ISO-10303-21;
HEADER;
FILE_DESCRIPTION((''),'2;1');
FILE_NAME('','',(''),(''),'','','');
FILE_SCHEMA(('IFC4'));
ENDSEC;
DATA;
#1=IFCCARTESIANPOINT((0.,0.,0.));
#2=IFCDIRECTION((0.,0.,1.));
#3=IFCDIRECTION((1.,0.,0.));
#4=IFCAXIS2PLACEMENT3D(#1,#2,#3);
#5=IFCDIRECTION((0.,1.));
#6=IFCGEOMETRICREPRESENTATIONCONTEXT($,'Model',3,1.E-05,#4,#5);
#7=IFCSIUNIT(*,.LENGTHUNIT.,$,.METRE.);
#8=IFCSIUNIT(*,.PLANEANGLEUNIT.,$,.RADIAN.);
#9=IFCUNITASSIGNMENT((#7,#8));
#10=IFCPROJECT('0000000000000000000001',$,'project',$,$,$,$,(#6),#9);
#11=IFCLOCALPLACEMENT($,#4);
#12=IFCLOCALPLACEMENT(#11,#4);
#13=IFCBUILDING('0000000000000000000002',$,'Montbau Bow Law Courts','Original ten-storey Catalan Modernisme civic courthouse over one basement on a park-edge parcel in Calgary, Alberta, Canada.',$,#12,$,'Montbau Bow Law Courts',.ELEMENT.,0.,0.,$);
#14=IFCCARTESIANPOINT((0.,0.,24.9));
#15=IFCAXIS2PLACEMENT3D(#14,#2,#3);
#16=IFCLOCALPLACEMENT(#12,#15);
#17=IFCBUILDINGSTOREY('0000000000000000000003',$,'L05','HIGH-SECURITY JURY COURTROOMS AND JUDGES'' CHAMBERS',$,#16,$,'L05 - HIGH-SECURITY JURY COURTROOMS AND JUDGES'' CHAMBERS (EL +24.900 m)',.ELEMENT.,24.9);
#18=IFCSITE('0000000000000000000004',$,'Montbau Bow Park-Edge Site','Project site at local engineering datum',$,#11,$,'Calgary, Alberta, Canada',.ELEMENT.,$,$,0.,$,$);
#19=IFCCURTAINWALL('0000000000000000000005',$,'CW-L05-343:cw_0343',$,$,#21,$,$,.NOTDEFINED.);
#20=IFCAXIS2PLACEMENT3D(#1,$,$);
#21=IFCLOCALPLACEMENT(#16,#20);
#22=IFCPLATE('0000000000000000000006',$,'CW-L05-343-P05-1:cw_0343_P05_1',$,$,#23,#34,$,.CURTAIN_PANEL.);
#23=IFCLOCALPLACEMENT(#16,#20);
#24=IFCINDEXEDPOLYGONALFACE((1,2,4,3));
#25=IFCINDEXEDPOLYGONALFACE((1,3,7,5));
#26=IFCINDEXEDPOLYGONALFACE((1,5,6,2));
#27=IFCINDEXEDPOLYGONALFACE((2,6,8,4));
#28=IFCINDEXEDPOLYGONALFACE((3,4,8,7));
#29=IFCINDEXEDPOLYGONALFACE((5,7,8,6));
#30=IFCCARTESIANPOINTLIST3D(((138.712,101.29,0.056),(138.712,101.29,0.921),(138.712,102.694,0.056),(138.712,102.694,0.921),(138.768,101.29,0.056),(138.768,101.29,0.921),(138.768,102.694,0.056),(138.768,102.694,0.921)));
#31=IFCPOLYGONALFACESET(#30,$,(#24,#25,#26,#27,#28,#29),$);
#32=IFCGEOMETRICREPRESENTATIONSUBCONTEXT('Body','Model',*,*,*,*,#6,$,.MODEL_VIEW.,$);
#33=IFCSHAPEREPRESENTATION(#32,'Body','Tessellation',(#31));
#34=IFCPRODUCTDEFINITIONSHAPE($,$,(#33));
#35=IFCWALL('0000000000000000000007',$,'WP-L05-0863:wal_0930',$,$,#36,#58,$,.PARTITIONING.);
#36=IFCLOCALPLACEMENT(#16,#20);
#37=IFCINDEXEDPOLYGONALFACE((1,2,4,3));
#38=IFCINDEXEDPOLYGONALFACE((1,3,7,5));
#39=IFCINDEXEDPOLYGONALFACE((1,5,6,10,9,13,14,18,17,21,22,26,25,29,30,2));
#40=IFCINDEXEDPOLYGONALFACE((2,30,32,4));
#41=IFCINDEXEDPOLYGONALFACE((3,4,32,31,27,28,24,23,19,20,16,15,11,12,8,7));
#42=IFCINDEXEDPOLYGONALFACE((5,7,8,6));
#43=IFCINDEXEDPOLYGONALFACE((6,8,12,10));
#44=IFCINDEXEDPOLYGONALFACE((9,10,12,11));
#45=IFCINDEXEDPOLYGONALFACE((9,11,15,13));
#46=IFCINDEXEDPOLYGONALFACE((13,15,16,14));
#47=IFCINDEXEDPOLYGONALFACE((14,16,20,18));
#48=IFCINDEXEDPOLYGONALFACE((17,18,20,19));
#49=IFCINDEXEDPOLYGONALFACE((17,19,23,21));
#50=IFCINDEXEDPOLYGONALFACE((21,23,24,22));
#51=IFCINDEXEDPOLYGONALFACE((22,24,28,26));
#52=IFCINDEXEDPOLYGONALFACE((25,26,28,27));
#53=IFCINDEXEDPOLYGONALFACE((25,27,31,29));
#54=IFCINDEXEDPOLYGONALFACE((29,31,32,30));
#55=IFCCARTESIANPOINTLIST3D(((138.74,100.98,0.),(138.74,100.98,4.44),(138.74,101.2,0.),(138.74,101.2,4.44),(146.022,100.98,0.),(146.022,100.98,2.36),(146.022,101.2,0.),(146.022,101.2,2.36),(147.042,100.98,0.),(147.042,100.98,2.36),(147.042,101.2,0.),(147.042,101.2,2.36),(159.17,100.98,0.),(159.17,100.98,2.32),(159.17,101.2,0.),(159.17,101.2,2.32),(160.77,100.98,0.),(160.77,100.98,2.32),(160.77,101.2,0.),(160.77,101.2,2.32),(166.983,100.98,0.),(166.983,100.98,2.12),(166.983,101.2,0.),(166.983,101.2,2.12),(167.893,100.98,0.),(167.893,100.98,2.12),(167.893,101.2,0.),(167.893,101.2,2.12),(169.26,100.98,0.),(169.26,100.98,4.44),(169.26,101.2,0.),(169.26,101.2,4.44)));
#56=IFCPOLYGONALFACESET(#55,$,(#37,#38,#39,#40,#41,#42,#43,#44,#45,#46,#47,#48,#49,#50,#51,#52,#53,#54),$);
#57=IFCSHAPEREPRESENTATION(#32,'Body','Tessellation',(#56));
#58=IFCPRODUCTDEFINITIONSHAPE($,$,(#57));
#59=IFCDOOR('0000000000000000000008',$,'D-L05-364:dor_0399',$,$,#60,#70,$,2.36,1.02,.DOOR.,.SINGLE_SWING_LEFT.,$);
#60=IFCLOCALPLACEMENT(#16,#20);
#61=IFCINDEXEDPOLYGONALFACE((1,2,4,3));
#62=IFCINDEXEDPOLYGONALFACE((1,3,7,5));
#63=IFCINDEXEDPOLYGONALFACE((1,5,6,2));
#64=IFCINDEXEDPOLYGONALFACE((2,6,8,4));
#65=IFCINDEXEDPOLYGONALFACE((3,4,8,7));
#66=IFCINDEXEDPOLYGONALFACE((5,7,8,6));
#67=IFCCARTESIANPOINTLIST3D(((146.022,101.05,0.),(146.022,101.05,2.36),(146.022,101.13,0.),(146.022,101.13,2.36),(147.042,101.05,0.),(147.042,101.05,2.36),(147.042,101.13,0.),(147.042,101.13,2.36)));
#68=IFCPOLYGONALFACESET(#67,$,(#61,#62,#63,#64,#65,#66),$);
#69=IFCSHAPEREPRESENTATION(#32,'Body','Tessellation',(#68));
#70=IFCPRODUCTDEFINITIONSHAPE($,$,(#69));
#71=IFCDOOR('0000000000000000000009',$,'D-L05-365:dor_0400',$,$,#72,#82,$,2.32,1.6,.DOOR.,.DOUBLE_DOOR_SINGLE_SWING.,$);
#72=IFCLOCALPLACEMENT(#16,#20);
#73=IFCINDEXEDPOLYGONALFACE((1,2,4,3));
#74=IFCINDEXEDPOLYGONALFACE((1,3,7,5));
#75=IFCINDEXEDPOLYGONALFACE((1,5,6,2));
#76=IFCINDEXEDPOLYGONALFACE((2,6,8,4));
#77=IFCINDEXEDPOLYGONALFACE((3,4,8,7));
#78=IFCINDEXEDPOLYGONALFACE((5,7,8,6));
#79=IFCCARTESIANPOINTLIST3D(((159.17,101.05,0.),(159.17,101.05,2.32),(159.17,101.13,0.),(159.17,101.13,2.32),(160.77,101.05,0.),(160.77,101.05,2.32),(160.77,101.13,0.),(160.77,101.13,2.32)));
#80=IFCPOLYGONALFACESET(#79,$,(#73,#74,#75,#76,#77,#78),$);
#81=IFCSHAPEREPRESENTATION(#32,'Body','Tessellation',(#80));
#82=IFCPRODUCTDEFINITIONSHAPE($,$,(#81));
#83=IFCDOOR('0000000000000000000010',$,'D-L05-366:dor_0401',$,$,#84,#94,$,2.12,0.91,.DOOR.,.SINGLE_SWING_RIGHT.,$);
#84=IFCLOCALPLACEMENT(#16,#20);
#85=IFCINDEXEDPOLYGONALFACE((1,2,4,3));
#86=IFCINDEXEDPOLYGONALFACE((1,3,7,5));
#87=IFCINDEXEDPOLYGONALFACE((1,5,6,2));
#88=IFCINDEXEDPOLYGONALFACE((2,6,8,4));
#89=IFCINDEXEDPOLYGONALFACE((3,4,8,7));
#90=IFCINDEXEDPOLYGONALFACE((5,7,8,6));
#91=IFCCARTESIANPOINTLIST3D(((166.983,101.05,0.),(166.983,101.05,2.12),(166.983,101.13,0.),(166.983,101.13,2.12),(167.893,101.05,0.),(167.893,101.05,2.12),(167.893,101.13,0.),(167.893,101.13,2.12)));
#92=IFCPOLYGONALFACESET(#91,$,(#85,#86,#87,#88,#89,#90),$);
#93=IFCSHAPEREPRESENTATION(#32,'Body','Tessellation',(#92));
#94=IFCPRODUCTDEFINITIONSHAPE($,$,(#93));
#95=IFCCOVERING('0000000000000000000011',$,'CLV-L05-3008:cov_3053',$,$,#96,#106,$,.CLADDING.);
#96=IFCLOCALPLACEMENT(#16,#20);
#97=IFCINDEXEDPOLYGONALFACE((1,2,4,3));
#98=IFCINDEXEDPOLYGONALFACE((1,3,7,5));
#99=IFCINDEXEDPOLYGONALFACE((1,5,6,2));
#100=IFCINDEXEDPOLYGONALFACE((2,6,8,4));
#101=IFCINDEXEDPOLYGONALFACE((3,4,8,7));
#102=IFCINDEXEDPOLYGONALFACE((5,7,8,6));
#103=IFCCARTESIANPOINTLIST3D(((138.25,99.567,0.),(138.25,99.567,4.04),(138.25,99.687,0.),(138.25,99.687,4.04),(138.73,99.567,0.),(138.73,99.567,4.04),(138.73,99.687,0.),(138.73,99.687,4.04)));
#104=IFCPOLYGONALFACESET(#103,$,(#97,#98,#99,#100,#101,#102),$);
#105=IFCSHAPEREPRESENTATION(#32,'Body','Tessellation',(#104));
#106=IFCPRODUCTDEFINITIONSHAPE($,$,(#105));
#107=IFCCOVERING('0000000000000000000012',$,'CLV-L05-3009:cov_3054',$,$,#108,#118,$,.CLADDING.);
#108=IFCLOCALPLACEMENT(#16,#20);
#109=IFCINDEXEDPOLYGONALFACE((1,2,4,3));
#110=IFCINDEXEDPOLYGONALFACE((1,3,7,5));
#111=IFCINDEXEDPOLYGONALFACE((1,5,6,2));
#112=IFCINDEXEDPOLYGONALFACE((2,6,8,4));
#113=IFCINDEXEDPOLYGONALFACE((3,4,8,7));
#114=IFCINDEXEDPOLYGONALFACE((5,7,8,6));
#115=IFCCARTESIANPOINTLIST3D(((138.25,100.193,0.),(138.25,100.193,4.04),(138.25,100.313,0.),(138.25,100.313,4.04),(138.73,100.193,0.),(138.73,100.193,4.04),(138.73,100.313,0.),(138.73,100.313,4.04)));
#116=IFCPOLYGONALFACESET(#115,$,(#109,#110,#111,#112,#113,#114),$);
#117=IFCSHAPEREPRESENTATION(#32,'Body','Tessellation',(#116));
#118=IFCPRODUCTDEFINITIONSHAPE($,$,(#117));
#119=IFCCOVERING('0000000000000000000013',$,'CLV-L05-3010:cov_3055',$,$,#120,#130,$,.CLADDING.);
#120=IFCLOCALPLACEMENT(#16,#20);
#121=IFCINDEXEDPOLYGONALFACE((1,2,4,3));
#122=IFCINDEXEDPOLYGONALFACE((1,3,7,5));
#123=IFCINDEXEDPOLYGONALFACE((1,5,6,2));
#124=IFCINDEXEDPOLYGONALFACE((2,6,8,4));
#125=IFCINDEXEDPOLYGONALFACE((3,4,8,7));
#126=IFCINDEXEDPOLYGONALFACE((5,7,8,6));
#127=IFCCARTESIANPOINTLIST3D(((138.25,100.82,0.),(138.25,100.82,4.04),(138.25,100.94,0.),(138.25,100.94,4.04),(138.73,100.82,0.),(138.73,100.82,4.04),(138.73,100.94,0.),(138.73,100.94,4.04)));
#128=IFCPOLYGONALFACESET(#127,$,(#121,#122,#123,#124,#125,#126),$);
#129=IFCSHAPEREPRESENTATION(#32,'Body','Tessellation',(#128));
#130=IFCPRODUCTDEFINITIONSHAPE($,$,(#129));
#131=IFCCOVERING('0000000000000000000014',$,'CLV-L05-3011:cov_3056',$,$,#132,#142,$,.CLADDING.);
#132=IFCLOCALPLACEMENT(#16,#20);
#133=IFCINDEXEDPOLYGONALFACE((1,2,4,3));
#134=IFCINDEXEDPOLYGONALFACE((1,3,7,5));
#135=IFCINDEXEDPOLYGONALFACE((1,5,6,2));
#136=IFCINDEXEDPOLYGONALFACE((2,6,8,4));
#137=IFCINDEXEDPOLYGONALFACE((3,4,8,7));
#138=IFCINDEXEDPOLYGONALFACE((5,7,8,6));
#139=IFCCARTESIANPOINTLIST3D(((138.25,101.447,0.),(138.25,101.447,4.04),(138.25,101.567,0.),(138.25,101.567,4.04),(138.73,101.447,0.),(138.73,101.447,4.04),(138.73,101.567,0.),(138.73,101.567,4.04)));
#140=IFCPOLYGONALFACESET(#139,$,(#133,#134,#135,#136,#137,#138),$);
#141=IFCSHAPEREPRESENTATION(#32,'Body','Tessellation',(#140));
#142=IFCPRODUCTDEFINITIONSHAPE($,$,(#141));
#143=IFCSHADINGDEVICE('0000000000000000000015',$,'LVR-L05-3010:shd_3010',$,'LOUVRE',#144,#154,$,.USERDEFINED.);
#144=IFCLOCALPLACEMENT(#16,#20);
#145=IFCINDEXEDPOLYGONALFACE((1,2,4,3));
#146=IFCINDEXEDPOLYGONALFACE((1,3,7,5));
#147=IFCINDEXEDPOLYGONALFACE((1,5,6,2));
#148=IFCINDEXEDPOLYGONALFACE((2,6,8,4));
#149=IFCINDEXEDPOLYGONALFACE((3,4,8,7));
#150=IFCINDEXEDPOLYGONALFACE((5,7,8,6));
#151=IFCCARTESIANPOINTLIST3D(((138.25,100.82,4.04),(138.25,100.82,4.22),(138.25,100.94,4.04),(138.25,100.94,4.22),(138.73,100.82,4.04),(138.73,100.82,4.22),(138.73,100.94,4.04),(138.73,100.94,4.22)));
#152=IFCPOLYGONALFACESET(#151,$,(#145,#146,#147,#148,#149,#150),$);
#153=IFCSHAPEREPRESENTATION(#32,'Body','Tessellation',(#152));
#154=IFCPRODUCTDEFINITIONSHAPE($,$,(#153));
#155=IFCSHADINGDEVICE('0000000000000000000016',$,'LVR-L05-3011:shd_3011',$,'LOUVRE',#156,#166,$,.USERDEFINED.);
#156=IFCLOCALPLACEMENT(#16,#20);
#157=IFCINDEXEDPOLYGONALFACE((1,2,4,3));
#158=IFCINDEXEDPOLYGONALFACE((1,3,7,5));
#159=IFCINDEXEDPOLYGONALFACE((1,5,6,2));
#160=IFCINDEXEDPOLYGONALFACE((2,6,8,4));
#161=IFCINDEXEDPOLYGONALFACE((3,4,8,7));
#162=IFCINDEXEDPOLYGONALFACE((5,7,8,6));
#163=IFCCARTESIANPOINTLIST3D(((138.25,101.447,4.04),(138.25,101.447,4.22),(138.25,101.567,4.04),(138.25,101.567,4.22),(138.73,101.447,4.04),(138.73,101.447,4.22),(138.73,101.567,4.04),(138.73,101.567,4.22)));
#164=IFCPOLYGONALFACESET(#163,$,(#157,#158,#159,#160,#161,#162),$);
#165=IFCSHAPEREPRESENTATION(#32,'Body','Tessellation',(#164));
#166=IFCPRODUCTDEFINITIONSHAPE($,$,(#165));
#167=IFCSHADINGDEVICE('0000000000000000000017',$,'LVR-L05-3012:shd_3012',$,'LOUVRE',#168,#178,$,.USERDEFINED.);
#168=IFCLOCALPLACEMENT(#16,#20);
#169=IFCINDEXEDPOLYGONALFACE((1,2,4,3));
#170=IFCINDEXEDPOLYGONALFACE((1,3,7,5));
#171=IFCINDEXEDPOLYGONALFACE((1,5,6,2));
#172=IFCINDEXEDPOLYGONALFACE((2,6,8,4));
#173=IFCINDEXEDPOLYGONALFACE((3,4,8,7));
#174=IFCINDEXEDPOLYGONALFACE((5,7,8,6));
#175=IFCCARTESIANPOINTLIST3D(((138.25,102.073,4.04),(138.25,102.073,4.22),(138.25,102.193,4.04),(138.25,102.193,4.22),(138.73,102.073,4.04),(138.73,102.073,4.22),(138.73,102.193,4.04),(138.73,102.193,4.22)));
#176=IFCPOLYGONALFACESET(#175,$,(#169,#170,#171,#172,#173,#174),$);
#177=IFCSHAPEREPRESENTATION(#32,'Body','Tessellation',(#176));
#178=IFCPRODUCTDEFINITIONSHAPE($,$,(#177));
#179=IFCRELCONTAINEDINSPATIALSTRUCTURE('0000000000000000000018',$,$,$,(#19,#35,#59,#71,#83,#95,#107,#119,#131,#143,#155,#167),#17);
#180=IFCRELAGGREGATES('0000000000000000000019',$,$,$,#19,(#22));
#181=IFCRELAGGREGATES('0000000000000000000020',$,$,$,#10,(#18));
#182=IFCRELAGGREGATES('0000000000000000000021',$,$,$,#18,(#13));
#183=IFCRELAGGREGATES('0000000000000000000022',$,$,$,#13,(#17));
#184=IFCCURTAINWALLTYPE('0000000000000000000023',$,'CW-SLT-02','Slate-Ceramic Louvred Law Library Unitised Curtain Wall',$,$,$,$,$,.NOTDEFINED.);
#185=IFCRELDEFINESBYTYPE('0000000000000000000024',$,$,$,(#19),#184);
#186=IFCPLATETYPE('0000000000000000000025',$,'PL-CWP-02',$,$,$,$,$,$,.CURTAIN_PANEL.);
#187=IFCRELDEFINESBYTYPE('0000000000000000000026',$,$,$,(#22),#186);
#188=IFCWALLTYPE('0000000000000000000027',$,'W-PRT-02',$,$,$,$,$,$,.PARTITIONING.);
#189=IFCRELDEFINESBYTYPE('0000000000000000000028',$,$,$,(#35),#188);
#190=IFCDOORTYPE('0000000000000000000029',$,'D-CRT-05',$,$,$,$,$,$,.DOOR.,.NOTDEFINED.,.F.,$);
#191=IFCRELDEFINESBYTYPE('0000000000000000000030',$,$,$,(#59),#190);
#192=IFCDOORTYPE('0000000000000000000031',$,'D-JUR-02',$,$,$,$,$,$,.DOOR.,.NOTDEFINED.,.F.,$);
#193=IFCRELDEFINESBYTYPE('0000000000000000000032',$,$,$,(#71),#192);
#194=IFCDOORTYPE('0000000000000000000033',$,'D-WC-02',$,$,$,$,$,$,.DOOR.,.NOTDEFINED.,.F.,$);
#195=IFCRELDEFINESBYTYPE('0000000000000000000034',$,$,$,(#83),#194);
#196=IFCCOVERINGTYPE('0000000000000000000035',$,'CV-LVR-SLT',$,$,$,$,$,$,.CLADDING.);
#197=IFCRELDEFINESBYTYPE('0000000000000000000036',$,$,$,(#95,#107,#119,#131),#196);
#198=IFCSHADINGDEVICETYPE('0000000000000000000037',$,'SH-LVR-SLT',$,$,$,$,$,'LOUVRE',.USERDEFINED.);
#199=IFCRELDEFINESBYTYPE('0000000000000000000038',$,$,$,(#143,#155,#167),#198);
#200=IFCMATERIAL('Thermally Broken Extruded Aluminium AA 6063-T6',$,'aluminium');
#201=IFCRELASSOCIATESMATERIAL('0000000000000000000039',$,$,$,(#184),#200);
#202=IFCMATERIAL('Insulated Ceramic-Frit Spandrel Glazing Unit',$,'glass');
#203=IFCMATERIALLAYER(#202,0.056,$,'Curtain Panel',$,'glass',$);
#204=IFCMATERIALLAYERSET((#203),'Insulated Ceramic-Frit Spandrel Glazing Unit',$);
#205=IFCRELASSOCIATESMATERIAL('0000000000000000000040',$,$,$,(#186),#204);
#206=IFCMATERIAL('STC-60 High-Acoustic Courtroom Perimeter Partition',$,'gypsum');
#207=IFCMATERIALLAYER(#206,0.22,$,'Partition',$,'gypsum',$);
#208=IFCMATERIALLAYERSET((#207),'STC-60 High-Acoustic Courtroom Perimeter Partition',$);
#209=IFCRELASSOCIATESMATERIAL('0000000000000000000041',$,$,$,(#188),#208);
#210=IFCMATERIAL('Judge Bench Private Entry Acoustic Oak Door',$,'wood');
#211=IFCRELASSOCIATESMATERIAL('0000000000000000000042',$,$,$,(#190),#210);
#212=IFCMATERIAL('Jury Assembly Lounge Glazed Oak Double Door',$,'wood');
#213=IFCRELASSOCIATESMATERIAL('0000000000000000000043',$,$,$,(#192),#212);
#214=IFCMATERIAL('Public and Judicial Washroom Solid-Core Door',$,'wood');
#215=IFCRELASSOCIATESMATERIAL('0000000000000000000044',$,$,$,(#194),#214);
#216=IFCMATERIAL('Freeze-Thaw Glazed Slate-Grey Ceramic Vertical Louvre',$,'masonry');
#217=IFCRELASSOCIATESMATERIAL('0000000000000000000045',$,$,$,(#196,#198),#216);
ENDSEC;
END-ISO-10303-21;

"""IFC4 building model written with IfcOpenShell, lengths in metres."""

from ifc_helpers import new_model, si_unit, direction, frame, frame_2d, origin_with_axes, origin_2d_with_axis, place, context, subcontext, project, spatial, rectangle, extrude, material, layer, layer_set, type_object, element, fill, aggregate, save


model = new_model("IFC4")

# Units and contexts
model_context = context("Model", 3, precision=1e-05, world=origin_with_axes(), true_north=direction((0.0, 1.0)))
body_context = subcontext(model_context, "Body", "Model", "MODEL_VIEW")
ifc_project = project(units=[si_unit("LENGTHUNIT", "METRE"), si_unit("PLANEANGLEUNIT", "RADIAN")], contexts=[model_context])

# Site, building, storey
site_placement = place(None, origin_with_axes())
site = spatial("IfcSite", under=ifc_project, at=site_placement, Name="Montbau Bow Park-Edge Site", Description="Project site at local engineering datum", LongName="Calgary, Alberta, Canada", CompositionType="ELEMENT", RefElevation=0.0)
building_placement = place(site_placement, origin_with_axes())
building = spatial("IfcBuilding", under=site, at=building_placement, Name="Montbau Bow Law Courts", Description="Original ten-storey Catalan Modernisme civic courthouse over one basement on a park-edge parcel in Calgary, Alberta, Canada.", LongName="Montbau Bow Law Courts", CompositionType="ELEMENT", ElevationOfRefHeight=0.0, ElevationOfTerrain=0.0)
storey_placement = place(building_placement, frame((0.0, 0.0, 24.9), z_axis=(0.0, 0.0, 1.0), x_axis=(1.0, 0.0, 0.0)))
storey = spatial("IfcBuildingStorey", under=building, at=storey_placement, Name="L05", Description="HIGH-SECURITY JURY COURTROOMS AND JUDGES' CHAMBERS", LongName="L05 - HIGH-SECURITY JURY COURTROOMS AND JUDGES' CHAMBERS (EL +24.900 m)", CompositionType="ELEMENT", Elevation=24.9)

# Curtain wall, plate
ifc_material_1 = material(Name="Thermally Broken Extruded Aluminium AA 6063-T6", Category="aluminium")
curtain_wall_type = type_object("IfcCurtainWallType", Name="CW-SLT-02", Description="Slate-Ceramic Louvred Law Library Unitised Curtain Wall", PredefinedType="NOTDEFINED", material=ifc_material_1)
curtain_wall_placement = place(None, frame((138.74, 95.24, 24.9), z_axis=(0.0, 0.0, 1.0), x_axis=(1.0, 0.0, 0.0)))
curtain_wall = element("IfcCurtainWall", 1, at=curtain_wall_placement, inside=storey, type_object=curtain_wall_type, Name="CW-L05-343:cw_0343", PredefinedType="NOTDEFINED")
ifc_material_2 = material(Name="Insulated Ceramic-Frit Spandrel Glazing Unit", Category="glass")
ifc_layer_1 = layer(ifc_material_2, 0.056, Name="Curtain Panel", Category="glass")
ifc_layer_set_1 = layer_set([ifc_layer_1], Name="Insulated Ceramic-Frit Spandrel Glazing Unit")
plate_type_1 = type_object("IfcPlateType", Name="PL-CWP-02", PredefinedType="CURTAIN_PANEL", material=ifc_layer_set_1)
plate_1_placement = place(None, frame((138.74, 101.29, 24.956), z_axis=(1.0, 0.0, 0.0), x_axis=(0.0, 1.0, 0.0)))
plate_1 = element("IfcPlate", 2, at=plate_1_placement, type_object=plate_type_1, Name="CW-L05-343-P05-1:cw_0343_P05_1", PredefinedType="CURTAIN_PANEL", context=body_context, shape_type="SweptSolid", body=[
    extrude(rectangle(XDim=1.404, YDim=0.865, at=frame_2d((0.702, 0.4325), x_axis=(1.0, 0.0))), frame((0.0, 0.0, -0.028), z_axis=(0.0, 0.0, 1.0), x_axis=(1.0, 0.0, 0.0)), (0.0, 0.0, 1.0), 0.056),
])
aggregate(curtain_wall, [plate_1])

# Wall, openings, doors
ifc_material_3 = material(Name="STC-60 High-Acoustic Courtroom Perimeter Partition", Category="gypsum")
ifc_layer_2 = layer(ifc_material_3, 0.22, Name="Partition", Category="gypsum")
ifc_layer_set_2 = layer_set([ifc_layer_2], Name="STC-60 High-Acoustic Courtroom Perimeter Partition")
wall_type = type_object("IfcWallType", Name="W-PRT-02", PredefinedType="PARTITIONING", material=ifc_layer_set_2)
wall_placement = place(None, frame((138.74, 101.09, 24.9), z_axis=(0.0, 0.0, 1.0), x_axis=(1.0, 0.0, 0.0)))
wall = element("IfcWall", 3, at=wall_placement, inside=storey, type_object=wall_type, Name="WP-L05-0863:wal_0930", PredefinedType="PARTITIONING", context=body_context, shape_type="SweptSolid", body=[
    extrude(rectangle(XDim=30.52, YDim=0.22, at=frame_2d((15.26, 0.0), x_axis=(1.0, 0.0))), origin_with_axes(), (0.0, 0.0, 1.0), 4.44),
])
opening_1_placement = place(None, frame((146.532, 101.09, 24.9), z_axis=(0.0, 0.0, 1.0), x_axis=(1.0, 0.0, 0.0)))
opening_1 = element("IfcOpeningElement", 4, at=opening_1_placement, cuts=wall, PredefinedType="OPENING", context=body_context, shape_type="SweptSolid", body=[
    extrude(rectangle(XDim=1.02, YDim=2.36, at=frame_2d((0.0, 1.18), x_axis=(1.0, 0.0))), frame((0.0, 0.12, 0.0), z_axis=(0.0, -1.0, 0.0), x_axis=(1.0, 0.0, 0.0)), (0.0, 0.0, 1.0), 0.24),
])
opening_2_placement = place(None, frame((159.97, 101.09, 24.9), z_axis=(0.0, 0.0, 1.0), x_axis=(1.0, 0.0, 0.0)))
opening_2 = element("IfcOpeningElement", 5, at=opening_2_placement, cuts=wall, PredefinedType="OPENING", context=body_context, shape_type="SweptSolid", body=[
    extrude(rectangle(XDim=1.6, YDim=2.32, at=frame_2d((0.0, 1.16), x_axis=(1.0, 0.0))), frame((0.0, 0.12, 0.0), z_axis=(0.0, -1.0, 0.0), x_axis=(1.0, 0.0, 0.0)), (0.0, 0.0, 1.0), 0.24),
])
opening_3_placement = place(None, frame((167.438, 101.09, 24.9), z_axis=(0.0, 0.0, 1.0), x_axis=(1.0, 0.0, 0.0)))
opening_3 = element("IfcOpeningElement", 6, at=opening_3_placement, cuts=wall, PredefinedType="OPENING", context=body_context, shape_type="SweptSolid", body=[
    extrude(rectangle(XDim=0.91, YDim=2.12, at=frame_2d((0.0, 1.06), x_axis=(1.0, 0.0))), frame((0.0, 0.12, 0.0), z_axis=(0.0, -1.0, 0.0), x_axis=(1.0, 0.0, 0.0)), (0.0, 0.0, 1.0), 0.24),
])
ifc_material_4 = material(Name="Judge Bench Private Entry Acoustic Oak Door", Category="wood")
door_type_1 = type_object("IfcDoorType", Name="D-CRT-05", OperationType="NOTDEFINED", ParameterTakesPrecedence=False, PredefinedType="DOOR", material=ifc_material_4)
door_1_placement = place(None, frame((146.532, 101.09, 24.9), z_axis=(0.0, 0.0, 1.0), x_axis=(-1.0, 0.0, 0.0)))
door_1 = element("IfcDoor", 7, at=door_1_placement, inside=storey, type_object=door_type_1, Name="D-L05-364:dor_0399", OperationType="SINGLE_SWING_LEFT", OverallHeight=2.36, OverallWidth=1.02, PredefinedType="DOOR", context=body_context, shape_type="SweptSolid", body=[
    extrude(rectangle(XDim=1.02, YDim=2.36, at=frame_2d((0.0, 1.18), x_axis=(1.0, 0.0))), frame((0.0, 0.04, 0.0), z_axis=(0.0, -1.0, 0.0), x_axis=(1.0, 0.0, 0.0)), (0.0, 0.0, 1.0), 0.08),
])
fill(opening_1, door_1)
ifc_material_5 = material(Name="Jury Assembly Lounge Glazed Oak Double Door", Category="wood")
door_type_2 = type_object("IfcDoorType", Name="D-JUR-02", OperationType="NOTDEFINED", ParameterTakesPrecedence=False, PredefinedType="DOOR", material=ifc_material_5)
door_2_placement = place(None, frame((159.97, 101.09, 24.9), z_axis=(0.0, 0.0, 1.0), x_axis=(-1.0, 0.0, 0.0)))
door_2 = element("IfcDoor", 8, at=door_2_placement, inside=storey, type_object=door_type_2, Name="D-L05-365:dor_0400", OperationType="DOUBLE_DOOR_SINGLE_SWING", OverallHeight=2.32, OverallWidth=1.6, PredefinedType="DOOR", context=body_context, shape_type="SweptSolid", body=[
    extrude(rectangle(XDim=1.6, YDim=2.32, at=frame_2d((0.0, 1.16), x_axis=(1.0, 0.0))), frame((0.0, 0.04, 0.0), z_axis=(0.0, -1.0, 0.0), x_axis=(1.0, 0.0, 0.0)), (0.0, 0.0, 1.0), 0.08),
])
fill(opening_2, door_2)
ifc_material_6 = material(Name="Public and Judicial Washroom Solid-Core Door", Category="wood")
door_type_3 = type_object("IfcDoorType", Name="D-WC-02", OperationType="NOTDEFINED", ParameterTakesPrecedence=False, PredefinedType="DOOR", material=ifc_material_6)
door_3_placement = place(None, frame((167.438, 101.09, 24.9), z_axis=(0.0, 0.0, 1.0), x_axis=(-1.0, 0.0, 0.0)))
door_3 = element("IfcDoor", 9, at=door_3_placement, inside=storey, type_object=door_type_3, Name="D-L05-366:dor_0401", OperationType="SINGLE_SWING_RIGHT", OverallHeight=2.12, OverallWidth=0.91, PredefinedType="DOOR", context=body_context, shape_type="SweptSolid", body=[
    extrude(rectangle(XDim=0.91, YDim=2.12, at=frame_2d((0.0, 1.06), x_axis=(1.0, 0.0))), frame((0.0, 0.04, 0.0), z_axis=(0.0, -1.0, 0.0), x_axis=(1.0, 0.0, 0.0)), (0.0, 0.0, 1.0), 0.08),
])
fill(opening_3, door_3)

# Coverings
ifc_material_7 = material(Name="Freeze-Thaw Glazed Slate-Grey Ceramic Vertical Louvre", Category="masonry")
covering_type = type_object("IfcCoveringType", Name="CV-LVR-SLT", PredefinedType="CLADDING", material=ifc_material_7)
for number, where, z_axis, x_axis, name in (
    (10, (138.73, 99.627, 24.9), (0.0, 1.0, 0.0), (-1.0, 0.0, 0.0), "CLV-L05-3008:cov_3053"),
    (11, (138.73, 100.253, 24.9), (0.0, 1.0, 0.0), (-1.0, 0.0, 0.0), "CLV-L05-3009:cov_3054"),
    (12, (138.73, 100.88, 24.9), (0.0, 1.0, 0.0), (-1.0, 0.0, 0.0), "CLV-L05-3010:cov_3055"),
    (13, (138.73, 101.507, 24.9), (0.0, 1.0, 0.0), (-1.0, 0.0, 0.0), "CLV-L05-3011:cov_3056"),
):
    element("IfcCovering", number, at=place(None, frame(where, z_axis=z_axis, x_axis=x_axis)), inside=storey, type_object=covering_type, Name=name, PredefinedType="CLADDING", context=body_context, shape_type="SweptSolid", body=[
        extrude(rectangle(XDim=0.48, YDim=4.04, at=frame_2d((0.24, 2.02), x_axis=(1.0, 0.0))), frame((0.0, 0.0, -0.06), z_axis=(0.0, 0.0, 1.0), x_axis=(1.0, 0.0, 0.0)), (0.0, 0.0, 1.0), 0.12),
    ])

# Shading devices
shading_device_type = type_object("IfcShadingDeviceType", Name="SH-LVR-SLT", ElementType="LOUVRE", PredefinedType="USERDEFINED", material=ifc_material_7)
for number, where, z_axis, x_axis, name in (
    (14, (138.49, 100.88, 28.94), (0.0, 0.0, 1.0), (-1.0, 0.0, 0.0), "LVR-L05-3010:shd_3010"),
    (15, (138.49, 101.507, 28.94), (0.0, 0.0, 1.0), (-1.0, 0.0, 0.0), "LVR-L05-3011:shd_3011"),
    (16, (138.49, 102.133, 28.94), (0.0, 0.0, 1.0), (-1.0, 0.0, 0.0), "LVR-L05-3012:shd_3012"),
):
    element("IfcShadingDevice", number, at=place(None, frame(where, z_axis=z_axis, x_axis=x_axis)), inside=storey, type_object=shading_device_type, Name=name, ObjectType="LOUVRE", PredefinedType="USERDEFINED", context=body_context, shape_type="SweptSolid", body=[
        extrude(rectangle(XDim=0.48, YDim=0.12, at=origin_2d_with_axis()), origin_with_axes(), (0.0, 0.0, 1.0), 0.18),
    ])

save(model, "model.ifc")
